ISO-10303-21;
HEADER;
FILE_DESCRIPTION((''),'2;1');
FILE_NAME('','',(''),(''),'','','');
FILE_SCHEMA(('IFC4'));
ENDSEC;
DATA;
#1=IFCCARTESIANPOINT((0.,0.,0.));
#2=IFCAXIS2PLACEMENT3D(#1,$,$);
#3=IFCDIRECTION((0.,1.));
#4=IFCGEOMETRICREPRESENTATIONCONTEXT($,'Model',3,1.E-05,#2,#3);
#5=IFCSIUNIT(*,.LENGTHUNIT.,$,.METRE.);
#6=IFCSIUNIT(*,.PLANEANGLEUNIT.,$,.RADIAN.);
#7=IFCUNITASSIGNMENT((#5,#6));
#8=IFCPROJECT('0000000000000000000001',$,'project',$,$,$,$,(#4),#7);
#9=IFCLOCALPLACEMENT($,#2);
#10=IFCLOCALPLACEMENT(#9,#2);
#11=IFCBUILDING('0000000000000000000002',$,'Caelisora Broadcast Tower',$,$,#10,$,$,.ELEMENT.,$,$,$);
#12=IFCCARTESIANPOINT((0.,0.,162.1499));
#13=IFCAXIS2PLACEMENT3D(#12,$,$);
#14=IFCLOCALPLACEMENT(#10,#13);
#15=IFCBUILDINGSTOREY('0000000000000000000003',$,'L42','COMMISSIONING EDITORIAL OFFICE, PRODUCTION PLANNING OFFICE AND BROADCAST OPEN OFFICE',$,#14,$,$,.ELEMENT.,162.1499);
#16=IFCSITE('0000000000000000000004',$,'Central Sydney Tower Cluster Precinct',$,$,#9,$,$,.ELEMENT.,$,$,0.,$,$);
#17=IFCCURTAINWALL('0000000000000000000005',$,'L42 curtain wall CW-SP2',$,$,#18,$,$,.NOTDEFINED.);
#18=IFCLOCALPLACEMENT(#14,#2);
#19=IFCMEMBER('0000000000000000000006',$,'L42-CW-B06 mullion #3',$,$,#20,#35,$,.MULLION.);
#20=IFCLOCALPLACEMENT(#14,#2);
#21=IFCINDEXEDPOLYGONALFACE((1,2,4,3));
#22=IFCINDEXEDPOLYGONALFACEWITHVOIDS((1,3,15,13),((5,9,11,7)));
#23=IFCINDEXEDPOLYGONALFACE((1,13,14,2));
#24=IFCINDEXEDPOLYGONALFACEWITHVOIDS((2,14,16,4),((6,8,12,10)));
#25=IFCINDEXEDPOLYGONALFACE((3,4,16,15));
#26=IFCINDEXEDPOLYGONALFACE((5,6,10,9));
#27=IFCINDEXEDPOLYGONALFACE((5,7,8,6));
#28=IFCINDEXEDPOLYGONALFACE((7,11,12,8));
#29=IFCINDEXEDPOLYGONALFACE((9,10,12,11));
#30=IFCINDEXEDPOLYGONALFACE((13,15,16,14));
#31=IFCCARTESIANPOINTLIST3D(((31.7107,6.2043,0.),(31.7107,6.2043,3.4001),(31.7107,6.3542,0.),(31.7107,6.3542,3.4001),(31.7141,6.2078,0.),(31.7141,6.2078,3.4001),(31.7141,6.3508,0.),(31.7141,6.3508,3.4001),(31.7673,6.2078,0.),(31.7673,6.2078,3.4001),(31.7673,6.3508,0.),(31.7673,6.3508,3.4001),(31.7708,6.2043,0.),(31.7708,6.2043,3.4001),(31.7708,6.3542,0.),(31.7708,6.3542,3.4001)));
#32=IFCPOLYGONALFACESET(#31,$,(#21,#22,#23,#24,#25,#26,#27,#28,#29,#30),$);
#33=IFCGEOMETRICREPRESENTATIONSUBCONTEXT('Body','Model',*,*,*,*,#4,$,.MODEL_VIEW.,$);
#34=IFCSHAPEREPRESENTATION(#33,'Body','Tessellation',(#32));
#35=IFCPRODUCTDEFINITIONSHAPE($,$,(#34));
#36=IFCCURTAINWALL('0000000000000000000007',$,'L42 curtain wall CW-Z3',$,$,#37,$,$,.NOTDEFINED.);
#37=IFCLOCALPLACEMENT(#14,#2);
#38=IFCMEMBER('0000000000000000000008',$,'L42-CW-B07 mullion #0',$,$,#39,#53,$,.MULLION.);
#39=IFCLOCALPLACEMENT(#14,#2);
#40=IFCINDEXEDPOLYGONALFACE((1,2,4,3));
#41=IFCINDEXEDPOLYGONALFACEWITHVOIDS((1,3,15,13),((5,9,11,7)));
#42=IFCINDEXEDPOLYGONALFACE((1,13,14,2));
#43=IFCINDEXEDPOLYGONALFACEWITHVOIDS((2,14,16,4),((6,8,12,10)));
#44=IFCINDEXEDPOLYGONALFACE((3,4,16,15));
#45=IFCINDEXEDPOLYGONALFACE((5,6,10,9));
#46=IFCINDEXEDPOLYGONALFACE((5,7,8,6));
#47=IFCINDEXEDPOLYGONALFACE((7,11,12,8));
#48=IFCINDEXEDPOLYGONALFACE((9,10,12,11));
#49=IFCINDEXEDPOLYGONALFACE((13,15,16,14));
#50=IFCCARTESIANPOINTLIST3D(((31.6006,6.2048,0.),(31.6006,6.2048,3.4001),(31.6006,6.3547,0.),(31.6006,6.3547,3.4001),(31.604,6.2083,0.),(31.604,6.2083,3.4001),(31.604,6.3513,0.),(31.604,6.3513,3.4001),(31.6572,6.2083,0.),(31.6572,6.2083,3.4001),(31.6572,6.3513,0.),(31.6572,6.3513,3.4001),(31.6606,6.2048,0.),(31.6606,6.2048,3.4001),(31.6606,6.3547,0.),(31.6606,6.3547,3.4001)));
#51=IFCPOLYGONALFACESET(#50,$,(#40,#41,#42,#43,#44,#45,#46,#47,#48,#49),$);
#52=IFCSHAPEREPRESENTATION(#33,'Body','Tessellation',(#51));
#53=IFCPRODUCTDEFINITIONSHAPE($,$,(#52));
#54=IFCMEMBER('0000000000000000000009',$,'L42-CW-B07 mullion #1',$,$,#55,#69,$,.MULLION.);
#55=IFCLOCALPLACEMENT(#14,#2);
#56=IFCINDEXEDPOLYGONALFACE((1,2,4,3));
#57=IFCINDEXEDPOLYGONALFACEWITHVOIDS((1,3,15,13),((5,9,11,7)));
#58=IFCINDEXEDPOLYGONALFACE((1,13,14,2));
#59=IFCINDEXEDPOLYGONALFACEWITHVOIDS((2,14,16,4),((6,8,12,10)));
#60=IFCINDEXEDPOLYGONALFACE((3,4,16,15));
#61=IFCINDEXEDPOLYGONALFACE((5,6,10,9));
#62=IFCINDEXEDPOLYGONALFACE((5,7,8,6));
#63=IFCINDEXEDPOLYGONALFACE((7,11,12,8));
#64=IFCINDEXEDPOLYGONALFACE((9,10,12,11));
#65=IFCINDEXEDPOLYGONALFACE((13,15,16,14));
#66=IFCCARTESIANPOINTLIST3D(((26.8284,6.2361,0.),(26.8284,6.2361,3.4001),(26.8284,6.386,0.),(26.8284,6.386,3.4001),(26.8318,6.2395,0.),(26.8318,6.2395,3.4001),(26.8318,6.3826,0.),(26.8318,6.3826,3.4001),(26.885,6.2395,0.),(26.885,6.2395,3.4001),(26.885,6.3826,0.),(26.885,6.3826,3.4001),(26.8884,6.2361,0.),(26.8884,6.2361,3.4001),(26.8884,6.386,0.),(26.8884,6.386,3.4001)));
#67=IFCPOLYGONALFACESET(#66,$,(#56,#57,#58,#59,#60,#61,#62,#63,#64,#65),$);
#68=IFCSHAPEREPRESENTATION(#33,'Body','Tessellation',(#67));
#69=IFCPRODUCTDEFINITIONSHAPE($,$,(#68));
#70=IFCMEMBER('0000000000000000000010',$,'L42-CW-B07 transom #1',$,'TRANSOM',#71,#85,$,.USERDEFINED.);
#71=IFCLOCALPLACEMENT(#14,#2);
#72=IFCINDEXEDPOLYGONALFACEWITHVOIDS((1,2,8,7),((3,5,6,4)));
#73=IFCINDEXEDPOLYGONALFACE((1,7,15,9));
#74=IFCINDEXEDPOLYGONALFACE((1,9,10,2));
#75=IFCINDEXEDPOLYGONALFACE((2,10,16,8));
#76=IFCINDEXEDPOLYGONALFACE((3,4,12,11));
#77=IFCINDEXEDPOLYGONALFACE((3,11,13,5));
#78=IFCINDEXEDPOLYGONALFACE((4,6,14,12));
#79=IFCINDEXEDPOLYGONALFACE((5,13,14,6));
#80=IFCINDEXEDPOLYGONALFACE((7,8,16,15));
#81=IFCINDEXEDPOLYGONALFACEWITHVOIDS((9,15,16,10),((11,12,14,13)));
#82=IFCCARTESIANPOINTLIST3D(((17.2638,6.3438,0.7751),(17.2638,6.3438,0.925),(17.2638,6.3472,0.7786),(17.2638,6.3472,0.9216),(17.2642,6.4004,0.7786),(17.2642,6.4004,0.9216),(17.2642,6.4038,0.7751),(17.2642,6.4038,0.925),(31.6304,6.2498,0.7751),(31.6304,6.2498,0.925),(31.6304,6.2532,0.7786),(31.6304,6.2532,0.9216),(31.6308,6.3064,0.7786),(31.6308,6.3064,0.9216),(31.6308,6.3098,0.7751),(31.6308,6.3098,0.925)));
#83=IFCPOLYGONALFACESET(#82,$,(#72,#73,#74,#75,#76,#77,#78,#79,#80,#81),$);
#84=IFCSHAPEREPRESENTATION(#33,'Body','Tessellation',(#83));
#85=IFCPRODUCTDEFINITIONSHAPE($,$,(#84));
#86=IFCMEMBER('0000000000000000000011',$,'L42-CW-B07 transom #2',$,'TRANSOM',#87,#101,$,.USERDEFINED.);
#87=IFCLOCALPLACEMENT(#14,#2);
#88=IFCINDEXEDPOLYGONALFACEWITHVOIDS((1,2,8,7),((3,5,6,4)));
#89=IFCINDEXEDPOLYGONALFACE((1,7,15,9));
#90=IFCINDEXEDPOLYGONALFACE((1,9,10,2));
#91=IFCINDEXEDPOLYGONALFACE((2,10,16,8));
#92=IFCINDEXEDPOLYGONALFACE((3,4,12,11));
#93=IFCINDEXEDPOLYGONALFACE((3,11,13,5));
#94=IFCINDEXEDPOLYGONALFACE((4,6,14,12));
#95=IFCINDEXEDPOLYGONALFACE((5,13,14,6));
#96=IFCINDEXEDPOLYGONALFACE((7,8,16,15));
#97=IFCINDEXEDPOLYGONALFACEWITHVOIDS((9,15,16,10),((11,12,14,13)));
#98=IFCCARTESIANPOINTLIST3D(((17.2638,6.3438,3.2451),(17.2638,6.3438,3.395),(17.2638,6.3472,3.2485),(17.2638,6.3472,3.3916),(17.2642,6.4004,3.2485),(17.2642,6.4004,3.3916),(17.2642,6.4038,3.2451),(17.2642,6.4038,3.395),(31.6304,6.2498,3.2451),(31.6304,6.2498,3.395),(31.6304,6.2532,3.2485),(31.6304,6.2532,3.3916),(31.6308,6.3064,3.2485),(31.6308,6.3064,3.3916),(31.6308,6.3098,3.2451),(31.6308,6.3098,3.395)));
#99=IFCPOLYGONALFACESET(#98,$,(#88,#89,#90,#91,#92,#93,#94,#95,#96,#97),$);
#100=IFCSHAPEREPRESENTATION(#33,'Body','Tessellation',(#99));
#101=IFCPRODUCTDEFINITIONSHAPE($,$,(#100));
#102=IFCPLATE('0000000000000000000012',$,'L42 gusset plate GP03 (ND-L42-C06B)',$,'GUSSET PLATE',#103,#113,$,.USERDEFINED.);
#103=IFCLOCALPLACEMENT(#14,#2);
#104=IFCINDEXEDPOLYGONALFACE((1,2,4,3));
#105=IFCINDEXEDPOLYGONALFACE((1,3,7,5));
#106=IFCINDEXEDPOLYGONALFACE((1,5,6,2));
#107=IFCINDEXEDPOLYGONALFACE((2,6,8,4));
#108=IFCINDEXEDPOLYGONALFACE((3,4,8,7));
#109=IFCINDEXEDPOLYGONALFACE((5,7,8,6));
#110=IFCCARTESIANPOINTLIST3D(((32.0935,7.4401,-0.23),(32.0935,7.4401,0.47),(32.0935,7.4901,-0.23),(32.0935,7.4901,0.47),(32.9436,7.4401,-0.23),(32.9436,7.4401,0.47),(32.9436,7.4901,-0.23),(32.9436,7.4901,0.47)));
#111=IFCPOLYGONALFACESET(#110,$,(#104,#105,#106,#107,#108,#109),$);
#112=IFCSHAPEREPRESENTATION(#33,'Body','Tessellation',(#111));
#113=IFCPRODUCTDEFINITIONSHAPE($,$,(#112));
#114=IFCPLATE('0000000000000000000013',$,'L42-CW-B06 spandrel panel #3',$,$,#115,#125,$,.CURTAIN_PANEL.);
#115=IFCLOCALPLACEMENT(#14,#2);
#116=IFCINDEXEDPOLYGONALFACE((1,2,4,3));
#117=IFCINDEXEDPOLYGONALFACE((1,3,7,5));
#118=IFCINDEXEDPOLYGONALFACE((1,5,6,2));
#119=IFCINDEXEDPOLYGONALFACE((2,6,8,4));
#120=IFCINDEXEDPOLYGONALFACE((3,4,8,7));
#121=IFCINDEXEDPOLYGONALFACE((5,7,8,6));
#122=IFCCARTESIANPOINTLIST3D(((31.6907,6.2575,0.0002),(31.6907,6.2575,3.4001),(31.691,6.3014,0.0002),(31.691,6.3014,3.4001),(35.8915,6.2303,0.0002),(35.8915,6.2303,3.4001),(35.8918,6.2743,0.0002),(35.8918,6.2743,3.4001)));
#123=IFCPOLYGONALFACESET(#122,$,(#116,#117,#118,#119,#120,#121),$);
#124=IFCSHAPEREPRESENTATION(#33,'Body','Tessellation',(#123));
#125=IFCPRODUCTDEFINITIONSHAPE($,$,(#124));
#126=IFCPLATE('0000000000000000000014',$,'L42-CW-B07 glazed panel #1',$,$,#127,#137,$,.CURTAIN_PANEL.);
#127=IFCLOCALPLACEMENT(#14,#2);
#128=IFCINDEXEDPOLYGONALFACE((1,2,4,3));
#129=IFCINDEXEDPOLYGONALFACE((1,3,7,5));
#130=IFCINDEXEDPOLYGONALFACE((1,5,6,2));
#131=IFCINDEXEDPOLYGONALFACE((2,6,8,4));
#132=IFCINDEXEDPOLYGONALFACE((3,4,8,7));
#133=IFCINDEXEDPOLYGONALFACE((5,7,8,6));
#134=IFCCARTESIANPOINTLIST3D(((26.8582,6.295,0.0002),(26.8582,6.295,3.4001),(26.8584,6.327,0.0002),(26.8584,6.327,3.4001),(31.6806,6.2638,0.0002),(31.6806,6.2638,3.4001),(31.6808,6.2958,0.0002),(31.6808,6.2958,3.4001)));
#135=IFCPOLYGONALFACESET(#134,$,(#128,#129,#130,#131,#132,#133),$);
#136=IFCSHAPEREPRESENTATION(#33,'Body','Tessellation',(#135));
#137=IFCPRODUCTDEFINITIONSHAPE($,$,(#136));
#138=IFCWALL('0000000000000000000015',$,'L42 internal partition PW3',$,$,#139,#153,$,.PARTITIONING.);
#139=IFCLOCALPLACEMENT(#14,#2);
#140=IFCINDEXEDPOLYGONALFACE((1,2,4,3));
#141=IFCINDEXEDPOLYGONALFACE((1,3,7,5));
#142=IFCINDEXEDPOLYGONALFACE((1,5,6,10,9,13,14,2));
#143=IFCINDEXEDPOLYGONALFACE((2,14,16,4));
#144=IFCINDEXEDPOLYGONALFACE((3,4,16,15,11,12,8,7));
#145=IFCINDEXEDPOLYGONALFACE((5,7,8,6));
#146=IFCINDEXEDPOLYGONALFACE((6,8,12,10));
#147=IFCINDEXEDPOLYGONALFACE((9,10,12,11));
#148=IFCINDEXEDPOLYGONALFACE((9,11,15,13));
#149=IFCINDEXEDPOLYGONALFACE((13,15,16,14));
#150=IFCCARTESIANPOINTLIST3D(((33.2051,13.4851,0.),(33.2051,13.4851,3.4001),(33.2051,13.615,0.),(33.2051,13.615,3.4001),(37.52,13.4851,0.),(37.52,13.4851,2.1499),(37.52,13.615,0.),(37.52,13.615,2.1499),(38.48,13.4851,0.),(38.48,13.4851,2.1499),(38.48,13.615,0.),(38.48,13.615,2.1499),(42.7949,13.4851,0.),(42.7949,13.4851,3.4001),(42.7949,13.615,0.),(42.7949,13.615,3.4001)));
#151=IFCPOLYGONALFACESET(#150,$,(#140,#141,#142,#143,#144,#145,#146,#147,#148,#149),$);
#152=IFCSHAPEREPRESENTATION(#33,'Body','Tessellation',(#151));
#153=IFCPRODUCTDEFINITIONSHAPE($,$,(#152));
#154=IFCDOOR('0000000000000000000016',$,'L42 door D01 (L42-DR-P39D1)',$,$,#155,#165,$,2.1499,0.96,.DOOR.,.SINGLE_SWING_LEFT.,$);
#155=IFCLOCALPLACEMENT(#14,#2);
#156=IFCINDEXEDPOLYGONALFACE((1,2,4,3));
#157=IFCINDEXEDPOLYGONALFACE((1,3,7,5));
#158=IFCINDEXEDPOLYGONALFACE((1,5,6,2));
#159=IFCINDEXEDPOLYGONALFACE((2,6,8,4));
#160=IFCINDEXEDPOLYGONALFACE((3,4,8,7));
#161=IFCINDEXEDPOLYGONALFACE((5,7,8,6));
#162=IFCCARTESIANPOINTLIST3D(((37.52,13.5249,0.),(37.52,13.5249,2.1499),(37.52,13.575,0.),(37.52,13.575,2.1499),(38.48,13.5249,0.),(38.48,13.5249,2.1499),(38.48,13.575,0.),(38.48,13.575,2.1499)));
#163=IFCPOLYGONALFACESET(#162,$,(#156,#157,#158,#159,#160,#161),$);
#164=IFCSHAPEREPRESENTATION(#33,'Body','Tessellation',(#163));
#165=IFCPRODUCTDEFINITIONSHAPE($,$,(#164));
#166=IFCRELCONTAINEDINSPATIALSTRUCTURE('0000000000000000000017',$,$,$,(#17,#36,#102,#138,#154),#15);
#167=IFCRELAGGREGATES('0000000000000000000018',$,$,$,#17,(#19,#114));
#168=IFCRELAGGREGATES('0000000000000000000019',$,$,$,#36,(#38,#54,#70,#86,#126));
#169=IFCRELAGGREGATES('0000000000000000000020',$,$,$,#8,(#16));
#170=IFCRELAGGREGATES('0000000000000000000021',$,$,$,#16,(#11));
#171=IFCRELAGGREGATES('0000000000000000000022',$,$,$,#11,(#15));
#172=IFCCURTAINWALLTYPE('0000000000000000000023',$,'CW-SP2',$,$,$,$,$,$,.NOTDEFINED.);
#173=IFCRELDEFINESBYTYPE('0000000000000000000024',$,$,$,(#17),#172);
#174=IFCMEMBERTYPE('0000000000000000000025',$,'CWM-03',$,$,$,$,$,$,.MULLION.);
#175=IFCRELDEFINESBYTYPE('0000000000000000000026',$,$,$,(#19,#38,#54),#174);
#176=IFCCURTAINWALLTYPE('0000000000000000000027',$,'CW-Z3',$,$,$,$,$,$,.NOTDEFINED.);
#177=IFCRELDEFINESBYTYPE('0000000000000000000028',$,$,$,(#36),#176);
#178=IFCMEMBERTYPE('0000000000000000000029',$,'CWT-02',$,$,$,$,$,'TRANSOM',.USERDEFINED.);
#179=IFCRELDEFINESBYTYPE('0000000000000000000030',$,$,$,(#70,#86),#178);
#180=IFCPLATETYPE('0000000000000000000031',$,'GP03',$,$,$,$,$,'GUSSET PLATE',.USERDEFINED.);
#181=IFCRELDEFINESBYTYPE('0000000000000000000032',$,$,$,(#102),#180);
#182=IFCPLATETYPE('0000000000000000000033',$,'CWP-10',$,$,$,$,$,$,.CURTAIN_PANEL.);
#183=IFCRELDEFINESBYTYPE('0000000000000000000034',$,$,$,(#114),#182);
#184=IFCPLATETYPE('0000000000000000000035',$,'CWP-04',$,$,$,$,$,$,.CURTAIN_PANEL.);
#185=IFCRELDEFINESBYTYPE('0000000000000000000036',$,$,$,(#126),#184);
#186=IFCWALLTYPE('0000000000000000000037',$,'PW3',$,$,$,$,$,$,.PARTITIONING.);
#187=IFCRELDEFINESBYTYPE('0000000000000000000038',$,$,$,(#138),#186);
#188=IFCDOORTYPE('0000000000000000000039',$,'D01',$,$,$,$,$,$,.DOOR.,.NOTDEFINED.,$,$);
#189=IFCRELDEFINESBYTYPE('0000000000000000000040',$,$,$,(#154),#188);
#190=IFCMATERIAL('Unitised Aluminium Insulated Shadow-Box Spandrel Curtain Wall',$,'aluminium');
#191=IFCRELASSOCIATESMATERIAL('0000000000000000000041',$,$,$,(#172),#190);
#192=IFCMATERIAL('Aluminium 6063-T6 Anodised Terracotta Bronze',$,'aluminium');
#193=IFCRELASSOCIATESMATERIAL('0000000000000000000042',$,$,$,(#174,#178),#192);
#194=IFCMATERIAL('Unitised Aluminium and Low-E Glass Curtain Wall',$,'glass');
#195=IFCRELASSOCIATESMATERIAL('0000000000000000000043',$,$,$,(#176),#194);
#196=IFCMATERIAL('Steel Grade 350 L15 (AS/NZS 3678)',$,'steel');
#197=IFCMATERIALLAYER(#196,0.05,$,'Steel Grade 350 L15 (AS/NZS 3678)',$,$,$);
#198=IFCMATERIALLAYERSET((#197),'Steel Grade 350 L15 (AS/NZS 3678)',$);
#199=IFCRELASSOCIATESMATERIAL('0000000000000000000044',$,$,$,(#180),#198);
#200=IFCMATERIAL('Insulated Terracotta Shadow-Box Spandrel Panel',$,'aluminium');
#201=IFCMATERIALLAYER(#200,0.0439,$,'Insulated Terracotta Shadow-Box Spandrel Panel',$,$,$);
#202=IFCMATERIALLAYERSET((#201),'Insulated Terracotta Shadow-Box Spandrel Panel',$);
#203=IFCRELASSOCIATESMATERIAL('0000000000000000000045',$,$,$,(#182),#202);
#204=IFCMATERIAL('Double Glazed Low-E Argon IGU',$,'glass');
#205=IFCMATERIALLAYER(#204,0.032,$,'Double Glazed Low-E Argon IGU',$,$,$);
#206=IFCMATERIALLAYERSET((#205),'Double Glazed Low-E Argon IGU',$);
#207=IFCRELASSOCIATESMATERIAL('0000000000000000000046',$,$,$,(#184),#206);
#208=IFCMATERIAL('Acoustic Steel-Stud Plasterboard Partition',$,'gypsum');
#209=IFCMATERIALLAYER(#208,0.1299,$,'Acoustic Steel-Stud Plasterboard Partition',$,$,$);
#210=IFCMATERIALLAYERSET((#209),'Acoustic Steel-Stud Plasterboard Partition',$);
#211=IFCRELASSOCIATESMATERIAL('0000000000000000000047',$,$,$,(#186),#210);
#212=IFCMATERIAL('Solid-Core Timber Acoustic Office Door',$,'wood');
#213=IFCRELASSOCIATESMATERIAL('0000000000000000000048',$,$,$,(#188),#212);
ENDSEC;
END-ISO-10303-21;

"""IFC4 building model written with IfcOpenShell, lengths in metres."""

from ifc_helpers import new_model, si_unit, direction, frame, frame_2d, origin, origin_2d, place, context, subcontext, project, spatial, rectangle, hollow_rectangle, extrude, source, transform, mapped, material, layer, layer_set, material_profile, profile_set, type_object, type_shapes, element, fill, aggregate, save


model = new_model("IFC4")

# Units and contexts
model_context = context("Model", 3, precision=1e-05, world=origin(), true_north=direction((0.0, 1.0)))
body_context = subcontext(model_context, "Body", "Model", "MODEL_VIEW")
ifc_project = project(units=[si_unit("LENGTHUNIT", "METRE"), si_unit("PLANEANGLEUNIT", "RADIAN")], contexts=[model_context])

# Site, building, storey
site_placement = place(None, origin())
site = spatial("IfcSite", under=ifc_project, at=site_placement, Name="Central Sydney Tower Cluster Precinct", CompositionType="ELEMENT", RefElevation=0.0)
building_placement = place(site_placement, origin())
building = spatial("IfcBuilding", under=site, at=building_placement, Name="Caelisora Broadcast Tower", CompositionType="ELEMENT")
storey_placement = place(building_placement, frame((0.0, 0.0, 162.1499)))
storey = spatial("IfcBuildingStorey", under=building, at=storey_placement, Name="L42", Description="COMMISSIONING EDITORIAL OFFICE, PRODUCTION PLANNING OFFICE AND BROADCAST OPEN OFFICE", CompositionType="ELEMENT", Elevation=162.1499)

# Shared definitions
ifc_material_1 = material(Name="Steel Grade 350 L15 (AS/NZS 3678)", Category="steel")

# Curtain walls, members
ifc_material_2 = material(Name="Unitised Aluminium Insulated Shadow-Box Spandrel Curtain Wall", Category="aluminium")
curtain_wall_type_1 = type_object("IfcCurtainWallType", Name="CW-SP2", PredefinedType="NOTDEFINED", material=ifc_material_2)
curtain_wall_1_placement = place(storey_placement, origin())
curtain_wall_1 = element("IfcCurtainWall", 1, at=curtain_wall_1_placement, inside=storey, type_object=curtain_wall_type_1, Name="L42 curtain wall CW-SP2", PredefinedType="NOTDEFINED")
ifc_material_3 = material(Name="Aluminium 6063-T6 Anodised Terracotta Bronze", Category="aluminium")
ifc_material_profile_1 = material_profile(ifc_material_3, hollow_rectangle(XDim=0.0601, YDim=0.1499, WallThickness=0.0034, at=origin_2d()), Name="Aluminium 6063-T6 Anodised Terracotta Bronze")
ifc_profile_set_1 = profile_set([ifc_material_profile_1], Name="Aluminium 6063-T6 Anodised Terracotta Bronze")
member_type_1 = type_object("IfcMemberType", Name="CWM-03", PredefinedType="MULLION", material=ifc_profile_set_1)
shared_shape_1 = source(origin(), body_context, "Body", "SweptSolid", [
    extrude(hollow_rectangle(XDim=0.0601, YDim=0.1499, WallThickness=0.0034, at=origin_2d()), origin(), (0.0, 0.0, 1.0), 3.4001),
])
type_shapes(member_type_1, [shared_shape_1])
member_1_placement = place(storey_placement, frame((31.7407, 6.2793, 0.0), z_axis=(0.0, 0.0, 1.0), x_axis=(1.0, 0.0, 0.0)))
member_1 = element("IfcMember", 2, at=member_1_placement, type_object=member_type_1, Name="L42-CW-B06 mullion #3", PredefinedType="MULLION", context=body_context, shape_type="MappedRepresentation", body=[
    mapped(shared_shape_1, transform((0.0, 0.0, 0.0), scale=1.0)),
])
ifc_material_4 = material(Name="Unitised Aluminium and Low-E Glass Curtain Wall", Category="glass")
curtain_wall_type_2 = type_object("IfcCurtainWallType", Name="CW-Z3", PredefinedType="NOTDEFINED", material=ifc_material_4)
curtain_wall_2_placement = place(storey_placement, origin())
curtain_wall_2 = element("IfcCurtainWall", 3, at=curtain_wall_2_placement, inside=storey, type_object=curtain_wall_type_2, Name="L42 curtain wall CW-Z3", PredefinedType="NOTDEFINED")
member_2_placement = place(storey_placement, frame((31.6306, 6.2798, 0.0), z_axis=(0.0, 0.0, 1.0), x_axis=(1.0, 0.0, 0.0)))
member_2 = element("IfcMember", 4, at=member_2_placement, type_object=member_type_1, Name="L42-CW-B07 mullion #0", PredefinedType="MULLION", context=body_context, shape_type="MappedRepresentation", body=[
    mapped(shared_shape_1, transform((0.0, 0.0, 0.0), scale=1.0)),
])
member_3_placement = place(storey_placement, frame((26.8584, 6.311, 0.0), z_axis=(0.0, 0.0, 1.0), x_axis=(1.0, 0.0, 0.0)))
member_3 = element("IfcMember", 5, at=member_3_placement, type_object=member_type_1, Name="L42-CW-B07 mullion #1", PredefinedType="MULLION", context=body_context, shape_type="MappedRepresentation", body=[
    mapped(shared_shape_1, transform((0.0, 0.0, 0.0), scale=1.0)),
])
ifc_material_profile_2 = material_profile(ifc_material_3, hollow_rectangle(XDim=0.0601, YDim=0.1499, WallThickness=0.0034, at=origin_2d()), Name="Aluminium 6063-T6 Anodised Terracotta Bronze")
ifc_profile_set_2 = profile_set([ifc_material_profile_2], Name="Aluminium 6063-T6 Anodised Terracotta Bronze")
member_type_2 = type_object("IfcMemberType", Name="CWT-02", ElementType="TRANSOM", PredefinedType="USERDEFINED", material=ifc_profile_set_2)
shared_shape_2 = source(origin(), body_context, "Body", "SweptSolid", [
    extrude(hollow_rectangle(XDim=0.0601, YDim=0.1499, WallThickness=0.0034, at=origin_2d()), origin(), (0.0, 0.0, 1.0), 14.3669),
])
type_shapes(member_type_2, [shared_shape_2])
member_4_placement = place(storey_placement, frame((31.6306, 6.2798, 0.8501), z_axis=(-0.999979, 0.006542, 0.0), x_axis=(-0.006542, -0.999979, 0.0)))
member_4 = element("IfcMember", 6, at=member_4_placement, type_object=member_type_2, Name="L42-CW-B07 transom #1", ObjectType="TRANSOM", PredefinedType="USERDEFINED", context=body_context, shape_type="MappedRepresentation", body=[
    mapped(shared_shape_2, transform((0.0, 0.0, 0.0), scale=1.0)),
])
member_5_placement = place(storey_placement, frame((31.6306, 6.2798, 3.3201), z_axis=(-0.999979, 0.006542, 0.0), x_axis=(-0.006542, -0.999979, 0.0)))
member_5 = element("IfcMember", 7, at=member_5_placement, type_object=member_type_2, Name="L42-CW-B07 transom #2", ObjectType="TRANSOM", PredefinedType="USERDEFINED", context=body_context, shape_type="MappedRepresentation", body=[
    mapped(shared_shape_2, transform((0.0, 0.0, 0.0), scale=1.0)),
])

# Plates
ifc_layer_1 = layer(ifc_material_1, 0.05, Name="Steel Grade 350 L15 (AS/NZS 3678)")
ifc_layer_set_1 = layer_set([ifc_layer_1], Name="Steel Grade 350 L15 (AS/NZS 3678)")
plate_type_1 = type_object("IfcPlateType", Name="GP03", ElementType="GUSSET PLATE", PredefinedType="USERDEFINED", material=ifc_layer_set_1)
shared_shape_3 = source(origin(), body_context, "Body", "SweptSolid", [
    extrude(rectangle(XDim=0.8501, YDim=0.05, at=origin_2d()), origin(), (0.0, 0.0, 1.0), 0.7),
])
type_shapes(plate_type_1, [shared_shape_3])
plate_1_placement = place(storey_placement, frame((32.5186, 7.4651, -0.23), z_axis=(0.0, 0.0, 1.0), x_axis=(1.0, 0.0, 0.0)))
element("IfcPlate", 8, at=plate_1_placement, inside=storey, type_object=plate_type_1, Name="L42 gusset plate GP03 (ND-L42-C06B)", ObjectType="GUSSET PLATE", PredefinedType="USERDEFINED", context=body_context, shape_type="MappedRepresentation", body=[
    mapped(shared_shape_3, transform((0.0, 0.0, 0.0), scale=1.0)),
])
ifc_material_5 = material(Name="Insulated Terracotta Shadow-Box Spandrel Panel", Category="aluminium")
ifc_layer_2 = layer(ifc_material_5, 0.0439, Name="Insulated Terracotta Shadow-Box Spandrel Panel")
ifc_layer_set_2 = layer_set([ifc_layer_2], Name="Insulated Terracotta Shadow-Box Spandrel Panel")
plate_type_2 = type_object("IfcPlateType", Name="CWP-10", PredefinedType="CURTAIN_PANEL", material=ifc_layer_set_2)
shared_shape_4 = source(origin(), body_context, "Body", "SweptSolid", [
    extrude(rectangle(XDim=4.2009, YDim=0.0439, at=origin_2d()), origin(), (0.0, 0.0, 1.0), 3.3999),
])
type_shapes(plate_type_2, [shared_shape_4])
plate_2_placement = place(storey_placement, frame((33.7913, 6.2659, 0.0002), z_axis=(0.0, 0.0, 1.0), x_axis=(-0.999979, 0.006458, 0.0)))
plate_2 = element("IfcPlate", 9, at=plate_2_placement, type_object=plate_type_2, Name="L42-CW-B06 spandrel panel #3", PredefinedType="CURTAIN_PANEL", context=body_context, shape_type="MappedRepresentation", body=[
    mapped(shared_shape_4, transform((0.0, 0.0, 0.0), scale=1.0)),
])
aggregate(curtain_wall_1, [member_1, plate_2])
ifc_material_6 = material(Name="Double Glazed Low-E Argon IGU", Category="glass")
ifc_layer_3 = layer(ifc_material_6, 0.032, Name="Double Glazed Low-E Argon IGU")
ifc_layer_set_3 = layer_set([ifc_layer_3], Name="Double Glazed Low-E Argon IGU")
plate_type_3 = type_object("IfcPlateType", Name="CWP-04", PredefinedType="CURTAIN_PANEL", material=ifc_layer_set_3)
shared_shape_5 = source(origin(), body_context, "Body", "SweptSolid", [
    extrude(rectangle(XDim=4.8225, YDim=0.032, at=origin_2d()), origin(), (0.0, 0.0, 1.0), 3.3999),
])
type_shapes(plate_type_3, [shared_shape_5])
plate_3_placement = place(storey_placement, frame((29.2695, 6.2954, 0.0002), z_axis=(0.0, 0.0, 1.0), x_axis=(-0.999979, 0.006458, 0.0)))
plate_3 = element("IfcPlate", 10, at=plate_3_placement, type_object=plate_type_3, Name="L42-CW-B07 glazed panel #1", PredefinedType="CURTAIN_PANEL", context=body_context, shape_type="MappedRepresentation", body=[
    mapped(shared_shape_5, transform((0.0, 0.0, 0.0), scale=1.0)),
])
aggregate(curtain_wall_2, [member_2, member_3, member_4, member_5, plate_3])

# Wall, opening, door
ifc_material_7 = material(Name="Acoustic Steel-Stud Plasterboard Partition", Category="gypsum")
ifc_layer_4 = layer(ifc_material_7, 0.1299, Name="Acoustic Steel-Stud Plasterboard Partition")
ifc_layer_set_4 = layer_set([ifc_layer_4], Name="Acoustic Steel-Stud Plasterboard Partition")
wall_type = type_object("IfcWallType", Name="PW3", PredefinedType="PARTITIONING", material=ifc_layer_set_4)
wall_1_placement = place(storey_placement, frame((33.2051, 13.55, 0.0), z_axis=(0.0, 0.0, 1.0), x_axis=(1.0, 0.0, 0.0)))
wall_1 = element("IfcWall", 11, at=wall_1_placement, inside=storey, type_object=wall_type, Name="L42 internal partition PW3", PredefinedType="PARTITIONING", context=body_context, shape_type="SweptSolid", body=[
    extrude(rectangle(XDim=9.5898, YDim=0.1299, at=frame_2d((4.7949, 0.0))), origin(), (0.0, 0.0, 1.0), 3.4001),
])
opening_1_placement = place(wall_1_placement, frame((4.3149, 0.0, 0.0)))
opening_1 = element("IfcOpeningElement", 12, at=opening_1_placement, cuts=wall_1, PredefinedType="OPENING", context=body_context, shape_type="SweptSolid", body=[
    extrude(rectangle(XDim=0.96, YDim=2.1499, at=frame_2d((0.48, 1.075))), frame((0.0, 0.0769, 0.0), z_axis=(0.0, -1.0, 0.0), x_axis=(1.0, 0.0, 0.0)), (0.0, 0.0, 1.0), 0.1538),
])
ifc_material_8 = material(Name="Solid-Core Timber Acoustic Office Door", Category="wood")
door_type = type_object("IfcDoorType", Name="D01", OperationType="NOTDEFINED", PredefinedType="DOOR", material=ifc_material_8)
door_1_placement = place(opening_1_placement, origin())
door_1 = element("IfcDoor", 13, at=door_1_placement, inside=storey, type_object=door_type, Name="L42 door D01 (L42-DR-P39D1)", OperationType="SINGLE_SWING_LEFT", OverallHeight=2.1499, OverallWidth=0.96, PredefinedType="DOOR", context=body_context, shape_type="SweptSolid", body=[
    extrude(rectangle(XDim=0.96, YDim=2.1499, at=frame_2d((0.48, 1.075))), frame((0.0, 0.0249, 0.0), z_axis=(0.0, -1.0, 0.0), x_axis=(1.0, 0.0, 0.0)), (0.0, 0.0, 1.0), 0.05),
])
fill(opening_1, door_1)

save(model, "model.ifc")
